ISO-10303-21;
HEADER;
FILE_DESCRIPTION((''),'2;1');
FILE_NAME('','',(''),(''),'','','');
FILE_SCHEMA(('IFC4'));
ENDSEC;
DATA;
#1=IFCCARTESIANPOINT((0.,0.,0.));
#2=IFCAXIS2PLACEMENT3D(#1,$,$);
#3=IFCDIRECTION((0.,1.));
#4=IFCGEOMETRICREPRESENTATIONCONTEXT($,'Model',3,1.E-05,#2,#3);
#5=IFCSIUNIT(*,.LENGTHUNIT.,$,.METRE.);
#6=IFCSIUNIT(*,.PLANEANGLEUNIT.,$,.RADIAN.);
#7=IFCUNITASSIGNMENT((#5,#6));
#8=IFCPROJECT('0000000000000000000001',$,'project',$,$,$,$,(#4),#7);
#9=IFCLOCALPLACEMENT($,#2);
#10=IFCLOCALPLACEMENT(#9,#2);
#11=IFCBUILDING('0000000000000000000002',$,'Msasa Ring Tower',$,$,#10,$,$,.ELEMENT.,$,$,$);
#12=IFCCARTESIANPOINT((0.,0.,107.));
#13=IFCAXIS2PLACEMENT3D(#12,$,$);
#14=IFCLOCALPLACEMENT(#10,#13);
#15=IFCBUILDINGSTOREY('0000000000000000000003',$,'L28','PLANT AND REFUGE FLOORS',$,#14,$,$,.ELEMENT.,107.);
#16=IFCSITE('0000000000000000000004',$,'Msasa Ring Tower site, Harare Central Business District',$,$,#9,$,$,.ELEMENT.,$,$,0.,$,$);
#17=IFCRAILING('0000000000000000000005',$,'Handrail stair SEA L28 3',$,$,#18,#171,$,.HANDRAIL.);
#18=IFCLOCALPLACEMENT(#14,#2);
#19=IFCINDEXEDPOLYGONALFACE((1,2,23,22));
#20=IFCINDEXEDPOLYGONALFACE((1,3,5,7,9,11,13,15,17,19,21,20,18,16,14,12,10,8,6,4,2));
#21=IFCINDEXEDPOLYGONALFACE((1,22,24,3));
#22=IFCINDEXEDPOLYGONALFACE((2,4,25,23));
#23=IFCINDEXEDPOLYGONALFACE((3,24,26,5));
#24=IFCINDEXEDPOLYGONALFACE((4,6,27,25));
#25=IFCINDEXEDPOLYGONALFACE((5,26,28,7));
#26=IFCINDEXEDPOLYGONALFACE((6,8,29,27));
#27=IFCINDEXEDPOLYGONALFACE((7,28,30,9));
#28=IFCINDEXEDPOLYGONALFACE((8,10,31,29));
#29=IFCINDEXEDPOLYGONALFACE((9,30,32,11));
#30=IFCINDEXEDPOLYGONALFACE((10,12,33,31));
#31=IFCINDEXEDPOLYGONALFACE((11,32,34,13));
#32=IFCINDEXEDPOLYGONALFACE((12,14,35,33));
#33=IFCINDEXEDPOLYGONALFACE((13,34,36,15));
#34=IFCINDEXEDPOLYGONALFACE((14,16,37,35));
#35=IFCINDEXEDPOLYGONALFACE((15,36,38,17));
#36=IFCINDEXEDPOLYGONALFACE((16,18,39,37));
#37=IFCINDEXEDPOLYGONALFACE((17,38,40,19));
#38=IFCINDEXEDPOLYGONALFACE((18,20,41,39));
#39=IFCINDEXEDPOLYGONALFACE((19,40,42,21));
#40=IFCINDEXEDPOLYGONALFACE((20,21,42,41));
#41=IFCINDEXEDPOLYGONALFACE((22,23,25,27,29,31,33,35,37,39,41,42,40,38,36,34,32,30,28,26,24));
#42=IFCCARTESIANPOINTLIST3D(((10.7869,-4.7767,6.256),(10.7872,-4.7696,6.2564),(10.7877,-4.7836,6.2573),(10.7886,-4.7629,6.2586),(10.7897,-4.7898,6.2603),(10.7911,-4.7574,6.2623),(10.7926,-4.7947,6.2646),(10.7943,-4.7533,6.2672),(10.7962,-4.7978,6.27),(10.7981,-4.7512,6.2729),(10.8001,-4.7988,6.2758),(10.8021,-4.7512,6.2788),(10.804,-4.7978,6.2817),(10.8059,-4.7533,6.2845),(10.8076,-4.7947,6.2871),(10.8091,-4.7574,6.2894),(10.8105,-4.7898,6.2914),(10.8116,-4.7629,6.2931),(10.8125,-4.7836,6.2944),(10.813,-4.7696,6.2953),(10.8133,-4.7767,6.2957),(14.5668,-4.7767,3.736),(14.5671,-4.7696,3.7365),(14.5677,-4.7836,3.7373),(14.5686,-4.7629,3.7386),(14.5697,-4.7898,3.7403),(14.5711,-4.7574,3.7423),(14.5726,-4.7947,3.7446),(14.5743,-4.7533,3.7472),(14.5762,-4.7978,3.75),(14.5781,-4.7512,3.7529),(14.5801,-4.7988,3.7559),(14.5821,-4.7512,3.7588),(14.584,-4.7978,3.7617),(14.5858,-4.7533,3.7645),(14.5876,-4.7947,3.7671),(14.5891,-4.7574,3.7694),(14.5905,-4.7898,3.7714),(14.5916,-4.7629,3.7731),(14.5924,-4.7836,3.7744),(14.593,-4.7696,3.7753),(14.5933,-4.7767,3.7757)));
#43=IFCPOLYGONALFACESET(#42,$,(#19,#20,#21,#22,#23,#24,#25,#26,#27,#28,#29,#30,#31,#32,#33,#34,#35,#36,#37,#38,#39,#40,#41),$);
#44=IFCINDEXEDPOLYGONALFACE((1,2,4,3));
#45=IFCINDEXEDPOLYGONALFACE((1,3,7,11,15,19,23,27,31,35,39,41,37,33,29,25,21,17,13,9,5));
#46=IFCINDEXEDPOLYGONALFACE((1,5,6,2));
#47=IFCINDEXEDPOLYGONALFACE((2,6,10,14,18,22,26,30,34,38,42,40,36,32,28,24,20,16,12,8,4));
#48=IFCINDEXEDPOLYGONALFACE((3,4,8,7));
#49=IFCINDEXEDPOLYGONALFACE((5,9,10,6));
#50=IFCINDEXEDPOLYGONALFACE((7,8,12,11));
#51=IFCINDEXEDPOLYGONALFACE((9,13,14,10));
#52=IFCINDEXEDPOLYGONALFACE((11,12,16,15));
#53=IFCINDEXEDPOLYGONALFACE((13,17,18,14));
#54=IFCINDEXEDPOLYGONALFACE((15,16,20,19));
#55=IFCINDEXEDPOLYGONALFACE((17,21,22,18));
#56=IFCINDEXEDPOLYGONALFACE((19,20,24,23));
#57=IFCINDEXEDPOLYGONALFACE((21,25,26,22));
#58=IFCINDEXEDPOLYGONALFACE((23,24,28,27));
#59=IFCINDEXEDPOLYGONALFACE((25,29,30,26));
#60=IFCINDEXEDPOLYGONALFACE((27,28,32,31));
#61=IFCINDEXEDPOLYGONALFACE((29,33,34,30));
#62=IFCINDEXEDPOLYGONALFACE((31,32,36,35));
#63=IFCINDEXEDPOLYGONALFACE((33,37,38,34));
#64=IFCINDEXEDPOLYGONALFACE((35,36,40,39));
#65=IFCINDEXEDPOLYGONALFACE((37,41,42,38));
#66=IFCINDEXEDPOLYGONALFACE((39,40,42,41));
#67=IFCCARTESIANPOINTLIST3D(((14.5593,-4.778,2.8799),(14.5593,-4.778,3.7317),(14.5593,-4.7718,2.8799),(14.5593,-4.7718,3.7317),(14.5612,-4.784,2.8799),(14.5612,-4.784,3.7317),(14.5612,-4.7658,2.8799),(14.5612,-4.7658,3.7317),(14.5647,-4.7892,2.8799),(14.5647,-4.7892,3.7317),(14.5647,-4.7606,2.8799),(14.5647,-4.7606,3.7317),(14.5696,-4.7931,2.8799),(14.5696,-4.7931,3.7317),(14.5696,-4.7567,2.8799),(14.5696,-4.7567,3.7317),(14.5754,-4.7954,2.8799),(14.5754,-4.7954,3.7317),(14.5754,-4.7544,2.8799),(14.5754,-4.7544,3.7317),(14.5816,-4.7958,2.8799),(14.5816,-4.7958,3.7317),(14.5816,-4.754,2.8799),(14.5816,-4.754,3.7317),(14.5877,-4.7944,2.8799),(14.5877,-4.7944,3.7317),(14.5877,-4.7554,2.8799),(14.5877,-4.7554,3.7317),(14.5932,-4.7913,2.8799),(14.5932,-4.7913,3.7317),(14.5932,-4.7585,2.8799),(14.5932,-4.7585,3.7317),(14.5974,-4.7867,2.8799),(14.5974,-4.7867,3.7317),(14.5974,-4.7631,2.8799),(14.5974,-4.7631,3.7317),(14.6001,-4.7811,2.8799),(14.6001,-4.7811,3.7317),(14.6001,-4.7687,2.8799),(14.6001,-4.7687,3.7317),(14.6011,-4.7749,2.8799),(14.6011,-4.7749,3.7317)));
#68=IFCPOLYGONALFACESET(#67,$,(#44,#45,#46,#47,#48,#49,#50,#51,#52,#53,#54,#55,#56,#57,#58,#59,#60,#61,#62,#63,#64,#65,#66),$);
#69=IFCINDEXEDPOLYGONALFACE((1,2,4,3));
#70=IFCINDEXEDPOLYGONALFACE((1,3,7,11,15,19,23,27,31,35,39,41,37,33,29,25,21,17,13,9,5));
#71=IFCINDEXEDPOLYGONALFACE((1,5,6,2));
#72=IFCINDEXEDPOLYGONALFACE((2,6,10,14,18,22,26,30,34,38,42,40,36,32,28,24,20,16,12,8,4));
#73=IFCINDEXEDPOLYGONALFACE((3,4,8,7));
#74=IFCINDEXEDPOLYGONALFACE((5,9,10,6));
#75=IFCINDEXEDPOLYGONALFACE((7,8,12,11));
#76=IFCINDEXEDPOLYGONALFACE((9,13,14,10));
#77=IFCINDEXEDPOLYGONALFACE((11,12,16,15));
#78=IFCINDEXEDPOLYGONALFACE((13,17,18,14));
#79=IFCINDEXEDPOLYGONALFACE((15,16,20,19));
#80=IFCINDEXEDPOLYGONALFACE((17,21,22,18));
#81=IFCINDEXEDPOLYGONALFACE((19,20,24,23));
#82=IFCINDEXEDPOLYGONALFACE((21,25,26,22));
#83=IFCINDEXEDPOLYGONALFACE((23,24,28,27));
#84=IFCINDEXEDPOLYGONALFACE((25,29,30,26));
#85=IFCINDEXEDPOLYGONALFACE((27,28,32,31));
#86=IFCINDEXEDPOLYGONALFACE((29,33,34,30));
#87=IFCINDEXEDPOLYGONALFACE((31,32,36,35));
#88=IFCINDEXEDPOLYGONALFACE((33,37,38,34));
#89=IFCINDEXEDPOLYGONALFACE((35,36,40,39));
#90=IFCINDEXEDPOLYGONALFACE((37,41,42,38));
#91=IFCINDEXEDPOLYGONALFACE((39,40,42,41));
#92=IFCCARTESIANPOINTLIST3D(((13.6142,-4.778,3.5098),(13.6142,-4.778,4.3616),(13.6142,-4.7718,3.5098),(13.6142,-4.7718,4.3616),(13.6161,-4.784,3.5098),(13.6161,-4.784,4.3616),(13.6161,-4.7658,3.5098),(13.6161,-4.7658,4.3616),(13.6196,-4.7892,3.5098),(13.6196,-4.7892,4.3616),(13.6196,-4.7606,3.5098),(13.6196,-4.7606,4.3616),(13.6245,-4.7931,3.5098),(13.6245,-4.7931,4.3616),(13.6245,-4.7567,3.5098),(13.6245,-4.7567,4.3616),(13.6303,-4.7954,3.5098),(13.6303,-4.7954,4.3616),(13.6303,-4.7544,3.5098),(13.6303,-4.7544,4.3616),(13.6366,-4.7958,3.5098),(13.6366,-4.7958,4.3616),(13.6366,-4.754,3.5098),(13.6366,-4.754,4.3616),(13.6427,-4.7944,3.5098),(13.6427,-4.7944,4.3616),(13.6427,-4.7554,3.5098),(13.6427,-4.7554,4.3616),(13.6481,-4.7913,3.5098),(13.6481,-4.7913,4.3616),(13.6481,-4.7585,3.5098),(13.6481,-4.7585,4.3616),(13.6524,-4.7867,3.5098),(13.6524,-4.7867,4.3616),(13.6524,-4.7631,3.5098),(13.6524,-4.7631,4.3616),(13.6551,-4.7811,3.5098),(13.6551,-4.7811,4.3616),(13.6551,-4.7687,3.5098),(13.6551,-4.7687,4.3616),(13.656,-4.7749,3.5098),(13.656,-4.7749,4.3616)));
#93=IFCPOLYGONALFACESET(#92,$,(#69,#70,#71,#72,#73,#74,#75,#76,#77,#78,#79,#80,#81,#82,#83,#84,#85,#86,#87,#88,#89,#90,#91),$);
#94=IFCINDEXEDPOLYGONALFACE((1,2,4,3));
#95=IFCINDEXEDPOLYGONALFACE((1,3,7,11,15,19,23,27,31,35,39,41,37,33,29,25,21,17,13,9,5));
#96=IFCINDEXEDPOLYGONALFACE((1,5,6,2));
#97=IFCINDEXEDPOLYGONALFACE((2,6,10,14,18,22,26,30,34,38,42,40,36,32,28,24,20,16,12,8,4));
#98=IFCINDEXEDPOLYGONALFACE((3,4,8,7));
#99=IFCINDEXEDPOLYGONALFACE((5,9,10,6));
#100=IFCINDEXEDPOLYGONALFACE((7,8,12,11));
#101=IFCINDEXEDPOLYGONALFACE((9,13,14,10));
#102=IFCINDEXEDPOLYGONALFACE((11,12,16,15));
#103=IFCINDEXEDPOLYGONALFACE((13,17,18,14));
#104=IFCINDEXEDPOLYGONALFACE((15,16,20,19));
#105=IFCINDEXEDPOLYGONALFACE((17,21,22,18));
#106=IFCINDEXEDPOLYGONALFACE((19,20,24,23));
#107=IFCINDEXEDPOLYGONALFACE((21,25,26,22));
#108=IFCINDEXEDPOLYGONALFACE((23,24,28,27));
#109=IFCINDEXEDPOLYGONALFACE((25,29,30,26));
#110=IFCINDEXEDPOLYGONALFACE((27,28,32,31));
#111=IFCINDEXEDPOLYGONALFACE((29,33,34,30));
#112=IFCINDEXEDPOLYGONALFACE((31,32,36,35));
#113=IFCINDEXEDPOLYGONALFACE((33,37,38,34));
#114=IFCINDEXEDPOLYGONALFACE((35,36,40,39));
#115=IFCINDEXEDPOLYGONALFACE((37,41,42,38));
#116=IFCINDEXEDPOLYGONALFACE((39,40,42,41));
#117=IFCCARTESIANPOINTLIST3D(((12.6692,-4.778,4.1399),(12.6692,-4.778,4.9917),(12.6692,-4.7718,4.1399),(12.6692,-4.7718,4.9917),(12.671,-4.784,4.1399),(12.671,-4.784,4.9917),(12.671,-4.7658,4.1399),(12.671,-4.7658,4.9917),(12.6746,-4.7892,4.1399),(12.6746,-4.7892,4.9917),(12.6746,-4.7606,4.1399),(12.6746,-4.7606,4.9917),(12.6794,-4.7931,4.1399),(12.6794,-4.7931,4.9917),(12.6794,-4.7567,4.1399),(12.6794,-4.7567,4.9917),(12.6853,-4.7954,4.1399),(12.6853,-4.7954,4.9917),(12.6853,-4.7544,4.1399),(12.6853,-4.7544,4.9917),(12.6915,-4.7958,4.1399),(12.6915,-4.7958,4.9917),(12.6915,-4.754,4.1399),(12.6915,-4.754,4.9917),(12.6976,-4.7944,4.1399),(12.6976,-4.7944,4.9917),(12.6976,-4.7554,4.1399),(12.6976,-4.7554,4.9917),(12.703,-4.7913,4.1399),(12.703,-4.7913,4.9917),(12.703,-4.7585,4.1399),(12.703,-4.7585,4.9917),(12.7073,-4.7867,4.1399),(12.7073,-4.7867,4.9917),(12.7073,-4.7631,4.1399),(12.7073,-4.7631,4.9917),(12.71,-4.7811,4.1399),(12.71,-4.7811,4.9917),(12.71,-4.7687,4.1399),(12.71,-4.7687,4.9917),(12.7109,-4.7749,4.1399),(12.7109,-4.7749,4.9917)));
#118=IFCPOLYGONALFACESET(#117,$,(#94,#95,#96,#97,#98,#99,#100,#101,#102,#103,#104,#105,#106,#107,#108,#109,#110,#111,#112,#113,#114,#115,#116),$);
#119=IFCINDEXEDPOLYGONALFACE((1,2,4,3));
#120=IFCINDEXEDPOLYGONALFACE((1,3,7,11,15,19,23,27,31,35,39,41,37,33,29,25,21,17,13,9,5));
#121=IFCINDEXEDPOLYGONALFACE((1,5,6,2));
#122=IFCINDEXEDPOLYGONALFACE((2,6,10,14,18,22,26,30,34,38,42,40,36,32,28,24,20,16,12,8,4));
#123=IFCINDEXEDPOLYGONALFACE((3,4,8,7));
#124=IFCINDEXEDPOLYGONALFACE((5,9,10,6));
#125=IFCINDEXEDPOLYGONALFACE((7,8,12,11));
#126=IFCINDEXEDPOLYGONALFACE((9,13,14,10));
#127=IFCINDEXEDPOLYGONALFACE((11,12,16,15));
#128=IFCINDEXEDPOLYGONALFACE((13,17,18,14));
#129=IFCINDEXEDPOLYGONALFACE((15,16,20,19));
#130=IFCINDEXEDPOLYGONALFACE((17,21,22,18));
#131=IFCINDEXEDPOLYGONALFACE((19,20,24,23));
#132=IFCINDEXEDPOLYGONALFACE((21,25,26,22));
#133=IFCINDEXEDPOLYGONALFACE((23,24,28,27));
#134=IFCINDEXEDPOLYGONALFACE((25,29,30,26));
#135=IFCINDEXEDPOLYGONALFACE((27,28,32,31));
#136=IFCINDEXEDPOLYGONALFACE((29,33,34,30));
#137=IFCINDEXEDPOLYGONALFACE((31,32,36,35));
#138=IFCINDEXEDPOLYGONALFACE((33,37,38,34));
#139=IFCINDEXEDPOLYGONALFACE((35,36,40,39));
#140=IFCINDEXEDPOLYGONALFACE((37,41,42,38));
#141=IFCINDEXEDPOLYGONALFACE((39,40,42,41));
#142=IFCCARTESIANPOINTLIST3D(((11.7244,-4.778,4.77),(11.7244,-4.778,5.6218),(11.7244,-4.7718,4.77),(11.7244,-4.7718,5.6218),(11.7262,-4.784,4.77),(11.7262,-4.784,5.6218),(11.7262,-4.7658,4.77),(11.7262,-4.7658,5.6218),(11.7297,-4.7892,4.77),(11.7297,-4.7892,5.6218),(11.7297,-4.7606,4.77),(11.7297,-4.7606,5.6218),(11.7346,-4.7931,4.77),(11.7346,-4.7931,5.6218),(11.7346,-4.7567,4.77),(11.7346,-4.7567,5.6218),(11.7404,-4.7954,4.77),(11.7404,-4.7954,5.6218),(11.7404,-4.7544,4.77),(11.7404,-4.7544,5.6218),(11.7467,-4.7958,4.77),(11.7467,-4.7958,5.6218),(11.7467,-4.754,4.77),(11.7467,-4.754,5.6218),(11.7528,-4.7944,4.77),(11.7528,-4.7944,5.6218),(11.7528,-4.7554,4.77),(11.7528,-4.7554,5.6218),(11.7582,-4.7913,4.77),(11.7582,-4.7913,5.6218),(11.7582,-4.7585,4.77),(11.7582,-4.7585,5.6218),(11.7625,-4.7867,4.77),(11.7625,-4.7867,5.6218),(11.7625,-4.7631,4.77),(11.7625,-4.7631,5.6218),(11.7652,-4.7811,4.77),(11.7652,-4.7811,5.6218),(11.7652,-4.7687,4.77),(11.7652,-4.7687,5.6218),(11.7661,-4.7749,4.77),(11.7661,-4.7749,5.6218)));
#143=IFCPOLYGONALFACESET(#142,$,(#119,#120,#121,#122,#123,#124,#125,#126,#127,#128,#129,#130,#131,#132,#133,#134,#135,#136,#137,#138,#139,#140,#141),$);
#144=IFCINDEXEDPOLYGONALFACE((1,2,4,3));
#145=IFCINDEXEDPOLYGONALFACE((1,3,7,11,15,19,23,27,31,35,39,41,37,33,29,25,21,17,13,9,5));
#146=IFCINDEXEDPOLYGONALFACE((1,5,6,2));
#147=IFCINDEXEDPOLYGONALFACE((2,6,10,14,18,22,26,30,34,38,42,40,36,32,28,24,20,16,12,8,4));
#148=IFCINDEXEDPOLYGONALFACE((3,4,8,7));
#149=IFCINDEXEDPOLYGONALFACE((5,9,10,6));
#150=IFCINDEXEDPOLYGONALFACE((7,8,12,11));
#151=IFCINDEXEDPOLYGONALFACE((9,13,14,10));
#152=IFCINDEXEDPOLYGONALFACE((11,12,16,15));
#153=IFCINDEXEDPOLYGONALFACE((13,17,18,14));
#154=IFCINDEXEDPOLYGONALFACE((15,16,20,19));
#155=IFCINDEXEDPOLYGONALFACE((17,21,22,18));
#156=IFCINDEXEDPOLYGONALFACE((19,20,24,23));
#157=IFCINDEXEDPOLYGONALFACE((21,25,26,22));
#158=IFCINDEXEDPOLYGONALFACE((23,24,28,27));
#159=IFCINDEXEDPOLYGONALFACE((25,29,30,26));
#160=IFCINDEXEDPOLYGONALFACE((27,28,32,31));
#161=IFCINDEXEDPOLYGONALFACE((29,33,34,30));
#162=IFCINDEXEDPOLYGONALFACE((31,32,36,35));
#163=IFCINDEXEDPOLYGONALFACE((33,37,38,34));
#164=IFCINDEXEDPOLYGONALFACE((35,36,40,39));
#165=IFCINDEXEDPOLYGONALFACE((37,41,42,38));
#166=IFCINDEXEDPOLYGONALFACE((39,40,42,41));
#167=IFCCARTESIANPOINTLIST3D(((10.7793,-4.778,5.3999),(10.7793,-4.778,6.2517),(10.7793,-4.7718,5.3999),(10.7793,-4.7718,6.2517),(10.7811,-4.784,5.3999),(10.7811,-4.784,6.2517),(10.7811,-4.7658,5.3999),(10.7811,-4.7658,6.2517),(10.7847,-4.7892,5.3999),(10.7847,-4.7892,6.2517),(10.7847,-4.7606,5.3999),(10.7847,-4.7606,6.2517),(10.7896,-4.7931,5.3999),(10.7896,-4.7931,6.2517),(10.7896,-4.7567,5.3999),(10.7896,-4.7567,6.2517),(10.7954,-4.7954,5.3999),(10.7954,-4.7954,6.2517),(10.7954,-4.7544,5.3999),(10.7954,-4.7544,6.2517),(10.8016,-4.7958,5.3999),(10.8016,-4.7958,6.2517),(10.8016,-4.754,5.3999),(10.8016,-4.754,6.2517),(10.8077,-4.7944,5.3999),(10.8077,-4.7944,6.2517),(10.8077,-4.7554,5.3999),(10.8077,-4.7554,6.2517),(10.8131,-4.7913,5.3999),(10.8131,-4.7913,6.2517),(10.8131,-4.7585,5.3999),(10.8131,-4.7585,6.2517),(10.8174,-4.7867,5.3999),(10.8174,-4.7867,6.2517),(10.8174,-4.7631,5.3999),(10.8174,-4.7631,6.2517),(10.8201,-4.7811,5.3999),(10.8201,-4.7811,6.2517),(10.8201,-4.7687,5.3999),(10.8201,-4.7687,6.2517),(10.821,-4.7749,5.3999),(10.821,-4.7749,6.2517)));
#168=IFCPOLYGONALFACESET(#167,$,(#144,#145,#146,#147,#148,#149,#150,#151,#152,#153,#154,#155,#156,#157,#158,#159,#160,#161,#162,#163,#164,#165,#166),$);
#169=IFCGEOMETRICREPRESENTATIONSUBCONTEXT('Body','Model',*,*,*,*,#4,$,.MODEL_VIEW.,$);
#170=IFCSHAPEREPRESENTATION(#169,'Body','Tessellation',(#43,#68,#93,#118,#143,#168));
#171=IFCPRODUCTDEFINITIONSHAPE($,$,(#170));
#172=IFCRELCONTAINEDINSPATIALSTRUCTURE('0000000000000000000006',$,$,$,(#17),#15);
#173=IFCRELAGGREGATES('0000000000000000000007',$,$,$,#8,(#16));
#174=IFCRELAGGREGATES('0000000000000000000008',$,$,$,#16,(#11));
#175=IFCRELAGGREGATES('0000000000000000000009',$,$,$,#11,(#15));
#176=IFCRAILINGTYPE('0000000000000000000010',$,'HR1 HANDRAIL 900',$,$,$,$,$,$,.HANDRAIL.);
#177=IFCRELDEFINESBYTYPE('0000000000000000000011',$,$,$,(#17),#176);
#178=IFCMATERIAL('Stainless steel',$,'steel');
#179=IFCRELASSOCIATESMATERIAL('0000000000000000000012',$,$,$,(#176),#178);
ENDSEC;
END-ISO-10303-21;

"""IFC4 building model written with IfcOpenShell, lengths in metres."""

from ifc_helpers import new_model, si_unit, direction, frame, origin, origin_2d, place, context, subcontext, project, spatial, circle, extrude, material, type_object, element, save


model = new_model("IFC4")

# Units and contexts
model_context = context("Model", 3, precision=1e-05, world=origin(), true_north=direction((0.0, 1.0)))
body_context = subcontext(model_context, "Body", "Model", "MODEL_VIEW")
ifc_project = project(units=[si_unit("LENGTHUNIT", "METRE"), si_unit("PLANEANGLEUNIT", "RADIAN")], contexts=[model_context])

# Site, building, storey
site_placement = place(None, origin())
site = spatial("IfcSite", under=ifc_project, at=site_placement, Name="Msasa Ring Tower site, Harare Central Business District", CompositionType="ELEMENT", RefElevation=0.0)
building_placement = place(site_placement, origin())
building = spatial("IfcBuilding", under=site, at=building_placement, Name="Msasa Ring Tower", CompositionType="ELEMENT")
storey_placement = place(building_placement, frame((0.0, 0.0, 107.0)))
storey = spatial("IfcBuildingStorey", under=building, at=storey_placement, Name="L28", Description="PLANT AND REFUGE FLOORS", CompositionType="ELEMENT", Elevation=107.0)

# Railing
ifc_material_1 = material(Name="Stainless steel", Category="steel")
railing_type = type_object("IfcRailingType", Name="HR1 HANDRAIL 900", PredefinedType="HANDRAIL", material=ifc_material_1)
railing_placement = place(storey_placement, frame((14.5801, -4.7749, 2.8799)))
element("IfcRailing", 1, at=railing_placement, inside=storey, type_object=railing_type, Name="Handrail stair SEA L28 3", PredefinedType="HANDRAIL", context=body_context, shape_type="SweptSolid", body=[
    extrude(circle(Radius=0.0239, at=origin_2d()), frame((0.0, 0.0, 0.876), z_axis=(-0.83205, 0.0, 0.5547), x_axis=(0.0, -1.0, 0.0)), (0.0, 0.0, 1.0), 4.543),
    extrude(circle(Radius=0.021, at=origin_2d()), origin(), (0.0, 0.0, 1.0), 0.8518),
    extrude(circle(Radius=0.021, at=origin_2d()), frame((-0.9451, 0.0, 0.6299)), (0.0, 0.0, 1.0), 0.8518),
    extrude(circle(Radius=0.021, at=origin_2d()), frame((-1.8901, 0.0, 1.26)), (0.0, 0.0, 1.0), 0.8518),
    extrude(circle(Radius=0.021, at=origin_2d()), frame((-2.835, 0.0, 1.8901)), (0.0, 0.0, 1.0), 0.8518),
    extrude(circle(Radius=0.021, at=origin_2d()), frame((-3.78, 0.0, 2.52)), (0.0, 0.0, 1.0), 0.8518),
])

save(model, "model.ifc")
